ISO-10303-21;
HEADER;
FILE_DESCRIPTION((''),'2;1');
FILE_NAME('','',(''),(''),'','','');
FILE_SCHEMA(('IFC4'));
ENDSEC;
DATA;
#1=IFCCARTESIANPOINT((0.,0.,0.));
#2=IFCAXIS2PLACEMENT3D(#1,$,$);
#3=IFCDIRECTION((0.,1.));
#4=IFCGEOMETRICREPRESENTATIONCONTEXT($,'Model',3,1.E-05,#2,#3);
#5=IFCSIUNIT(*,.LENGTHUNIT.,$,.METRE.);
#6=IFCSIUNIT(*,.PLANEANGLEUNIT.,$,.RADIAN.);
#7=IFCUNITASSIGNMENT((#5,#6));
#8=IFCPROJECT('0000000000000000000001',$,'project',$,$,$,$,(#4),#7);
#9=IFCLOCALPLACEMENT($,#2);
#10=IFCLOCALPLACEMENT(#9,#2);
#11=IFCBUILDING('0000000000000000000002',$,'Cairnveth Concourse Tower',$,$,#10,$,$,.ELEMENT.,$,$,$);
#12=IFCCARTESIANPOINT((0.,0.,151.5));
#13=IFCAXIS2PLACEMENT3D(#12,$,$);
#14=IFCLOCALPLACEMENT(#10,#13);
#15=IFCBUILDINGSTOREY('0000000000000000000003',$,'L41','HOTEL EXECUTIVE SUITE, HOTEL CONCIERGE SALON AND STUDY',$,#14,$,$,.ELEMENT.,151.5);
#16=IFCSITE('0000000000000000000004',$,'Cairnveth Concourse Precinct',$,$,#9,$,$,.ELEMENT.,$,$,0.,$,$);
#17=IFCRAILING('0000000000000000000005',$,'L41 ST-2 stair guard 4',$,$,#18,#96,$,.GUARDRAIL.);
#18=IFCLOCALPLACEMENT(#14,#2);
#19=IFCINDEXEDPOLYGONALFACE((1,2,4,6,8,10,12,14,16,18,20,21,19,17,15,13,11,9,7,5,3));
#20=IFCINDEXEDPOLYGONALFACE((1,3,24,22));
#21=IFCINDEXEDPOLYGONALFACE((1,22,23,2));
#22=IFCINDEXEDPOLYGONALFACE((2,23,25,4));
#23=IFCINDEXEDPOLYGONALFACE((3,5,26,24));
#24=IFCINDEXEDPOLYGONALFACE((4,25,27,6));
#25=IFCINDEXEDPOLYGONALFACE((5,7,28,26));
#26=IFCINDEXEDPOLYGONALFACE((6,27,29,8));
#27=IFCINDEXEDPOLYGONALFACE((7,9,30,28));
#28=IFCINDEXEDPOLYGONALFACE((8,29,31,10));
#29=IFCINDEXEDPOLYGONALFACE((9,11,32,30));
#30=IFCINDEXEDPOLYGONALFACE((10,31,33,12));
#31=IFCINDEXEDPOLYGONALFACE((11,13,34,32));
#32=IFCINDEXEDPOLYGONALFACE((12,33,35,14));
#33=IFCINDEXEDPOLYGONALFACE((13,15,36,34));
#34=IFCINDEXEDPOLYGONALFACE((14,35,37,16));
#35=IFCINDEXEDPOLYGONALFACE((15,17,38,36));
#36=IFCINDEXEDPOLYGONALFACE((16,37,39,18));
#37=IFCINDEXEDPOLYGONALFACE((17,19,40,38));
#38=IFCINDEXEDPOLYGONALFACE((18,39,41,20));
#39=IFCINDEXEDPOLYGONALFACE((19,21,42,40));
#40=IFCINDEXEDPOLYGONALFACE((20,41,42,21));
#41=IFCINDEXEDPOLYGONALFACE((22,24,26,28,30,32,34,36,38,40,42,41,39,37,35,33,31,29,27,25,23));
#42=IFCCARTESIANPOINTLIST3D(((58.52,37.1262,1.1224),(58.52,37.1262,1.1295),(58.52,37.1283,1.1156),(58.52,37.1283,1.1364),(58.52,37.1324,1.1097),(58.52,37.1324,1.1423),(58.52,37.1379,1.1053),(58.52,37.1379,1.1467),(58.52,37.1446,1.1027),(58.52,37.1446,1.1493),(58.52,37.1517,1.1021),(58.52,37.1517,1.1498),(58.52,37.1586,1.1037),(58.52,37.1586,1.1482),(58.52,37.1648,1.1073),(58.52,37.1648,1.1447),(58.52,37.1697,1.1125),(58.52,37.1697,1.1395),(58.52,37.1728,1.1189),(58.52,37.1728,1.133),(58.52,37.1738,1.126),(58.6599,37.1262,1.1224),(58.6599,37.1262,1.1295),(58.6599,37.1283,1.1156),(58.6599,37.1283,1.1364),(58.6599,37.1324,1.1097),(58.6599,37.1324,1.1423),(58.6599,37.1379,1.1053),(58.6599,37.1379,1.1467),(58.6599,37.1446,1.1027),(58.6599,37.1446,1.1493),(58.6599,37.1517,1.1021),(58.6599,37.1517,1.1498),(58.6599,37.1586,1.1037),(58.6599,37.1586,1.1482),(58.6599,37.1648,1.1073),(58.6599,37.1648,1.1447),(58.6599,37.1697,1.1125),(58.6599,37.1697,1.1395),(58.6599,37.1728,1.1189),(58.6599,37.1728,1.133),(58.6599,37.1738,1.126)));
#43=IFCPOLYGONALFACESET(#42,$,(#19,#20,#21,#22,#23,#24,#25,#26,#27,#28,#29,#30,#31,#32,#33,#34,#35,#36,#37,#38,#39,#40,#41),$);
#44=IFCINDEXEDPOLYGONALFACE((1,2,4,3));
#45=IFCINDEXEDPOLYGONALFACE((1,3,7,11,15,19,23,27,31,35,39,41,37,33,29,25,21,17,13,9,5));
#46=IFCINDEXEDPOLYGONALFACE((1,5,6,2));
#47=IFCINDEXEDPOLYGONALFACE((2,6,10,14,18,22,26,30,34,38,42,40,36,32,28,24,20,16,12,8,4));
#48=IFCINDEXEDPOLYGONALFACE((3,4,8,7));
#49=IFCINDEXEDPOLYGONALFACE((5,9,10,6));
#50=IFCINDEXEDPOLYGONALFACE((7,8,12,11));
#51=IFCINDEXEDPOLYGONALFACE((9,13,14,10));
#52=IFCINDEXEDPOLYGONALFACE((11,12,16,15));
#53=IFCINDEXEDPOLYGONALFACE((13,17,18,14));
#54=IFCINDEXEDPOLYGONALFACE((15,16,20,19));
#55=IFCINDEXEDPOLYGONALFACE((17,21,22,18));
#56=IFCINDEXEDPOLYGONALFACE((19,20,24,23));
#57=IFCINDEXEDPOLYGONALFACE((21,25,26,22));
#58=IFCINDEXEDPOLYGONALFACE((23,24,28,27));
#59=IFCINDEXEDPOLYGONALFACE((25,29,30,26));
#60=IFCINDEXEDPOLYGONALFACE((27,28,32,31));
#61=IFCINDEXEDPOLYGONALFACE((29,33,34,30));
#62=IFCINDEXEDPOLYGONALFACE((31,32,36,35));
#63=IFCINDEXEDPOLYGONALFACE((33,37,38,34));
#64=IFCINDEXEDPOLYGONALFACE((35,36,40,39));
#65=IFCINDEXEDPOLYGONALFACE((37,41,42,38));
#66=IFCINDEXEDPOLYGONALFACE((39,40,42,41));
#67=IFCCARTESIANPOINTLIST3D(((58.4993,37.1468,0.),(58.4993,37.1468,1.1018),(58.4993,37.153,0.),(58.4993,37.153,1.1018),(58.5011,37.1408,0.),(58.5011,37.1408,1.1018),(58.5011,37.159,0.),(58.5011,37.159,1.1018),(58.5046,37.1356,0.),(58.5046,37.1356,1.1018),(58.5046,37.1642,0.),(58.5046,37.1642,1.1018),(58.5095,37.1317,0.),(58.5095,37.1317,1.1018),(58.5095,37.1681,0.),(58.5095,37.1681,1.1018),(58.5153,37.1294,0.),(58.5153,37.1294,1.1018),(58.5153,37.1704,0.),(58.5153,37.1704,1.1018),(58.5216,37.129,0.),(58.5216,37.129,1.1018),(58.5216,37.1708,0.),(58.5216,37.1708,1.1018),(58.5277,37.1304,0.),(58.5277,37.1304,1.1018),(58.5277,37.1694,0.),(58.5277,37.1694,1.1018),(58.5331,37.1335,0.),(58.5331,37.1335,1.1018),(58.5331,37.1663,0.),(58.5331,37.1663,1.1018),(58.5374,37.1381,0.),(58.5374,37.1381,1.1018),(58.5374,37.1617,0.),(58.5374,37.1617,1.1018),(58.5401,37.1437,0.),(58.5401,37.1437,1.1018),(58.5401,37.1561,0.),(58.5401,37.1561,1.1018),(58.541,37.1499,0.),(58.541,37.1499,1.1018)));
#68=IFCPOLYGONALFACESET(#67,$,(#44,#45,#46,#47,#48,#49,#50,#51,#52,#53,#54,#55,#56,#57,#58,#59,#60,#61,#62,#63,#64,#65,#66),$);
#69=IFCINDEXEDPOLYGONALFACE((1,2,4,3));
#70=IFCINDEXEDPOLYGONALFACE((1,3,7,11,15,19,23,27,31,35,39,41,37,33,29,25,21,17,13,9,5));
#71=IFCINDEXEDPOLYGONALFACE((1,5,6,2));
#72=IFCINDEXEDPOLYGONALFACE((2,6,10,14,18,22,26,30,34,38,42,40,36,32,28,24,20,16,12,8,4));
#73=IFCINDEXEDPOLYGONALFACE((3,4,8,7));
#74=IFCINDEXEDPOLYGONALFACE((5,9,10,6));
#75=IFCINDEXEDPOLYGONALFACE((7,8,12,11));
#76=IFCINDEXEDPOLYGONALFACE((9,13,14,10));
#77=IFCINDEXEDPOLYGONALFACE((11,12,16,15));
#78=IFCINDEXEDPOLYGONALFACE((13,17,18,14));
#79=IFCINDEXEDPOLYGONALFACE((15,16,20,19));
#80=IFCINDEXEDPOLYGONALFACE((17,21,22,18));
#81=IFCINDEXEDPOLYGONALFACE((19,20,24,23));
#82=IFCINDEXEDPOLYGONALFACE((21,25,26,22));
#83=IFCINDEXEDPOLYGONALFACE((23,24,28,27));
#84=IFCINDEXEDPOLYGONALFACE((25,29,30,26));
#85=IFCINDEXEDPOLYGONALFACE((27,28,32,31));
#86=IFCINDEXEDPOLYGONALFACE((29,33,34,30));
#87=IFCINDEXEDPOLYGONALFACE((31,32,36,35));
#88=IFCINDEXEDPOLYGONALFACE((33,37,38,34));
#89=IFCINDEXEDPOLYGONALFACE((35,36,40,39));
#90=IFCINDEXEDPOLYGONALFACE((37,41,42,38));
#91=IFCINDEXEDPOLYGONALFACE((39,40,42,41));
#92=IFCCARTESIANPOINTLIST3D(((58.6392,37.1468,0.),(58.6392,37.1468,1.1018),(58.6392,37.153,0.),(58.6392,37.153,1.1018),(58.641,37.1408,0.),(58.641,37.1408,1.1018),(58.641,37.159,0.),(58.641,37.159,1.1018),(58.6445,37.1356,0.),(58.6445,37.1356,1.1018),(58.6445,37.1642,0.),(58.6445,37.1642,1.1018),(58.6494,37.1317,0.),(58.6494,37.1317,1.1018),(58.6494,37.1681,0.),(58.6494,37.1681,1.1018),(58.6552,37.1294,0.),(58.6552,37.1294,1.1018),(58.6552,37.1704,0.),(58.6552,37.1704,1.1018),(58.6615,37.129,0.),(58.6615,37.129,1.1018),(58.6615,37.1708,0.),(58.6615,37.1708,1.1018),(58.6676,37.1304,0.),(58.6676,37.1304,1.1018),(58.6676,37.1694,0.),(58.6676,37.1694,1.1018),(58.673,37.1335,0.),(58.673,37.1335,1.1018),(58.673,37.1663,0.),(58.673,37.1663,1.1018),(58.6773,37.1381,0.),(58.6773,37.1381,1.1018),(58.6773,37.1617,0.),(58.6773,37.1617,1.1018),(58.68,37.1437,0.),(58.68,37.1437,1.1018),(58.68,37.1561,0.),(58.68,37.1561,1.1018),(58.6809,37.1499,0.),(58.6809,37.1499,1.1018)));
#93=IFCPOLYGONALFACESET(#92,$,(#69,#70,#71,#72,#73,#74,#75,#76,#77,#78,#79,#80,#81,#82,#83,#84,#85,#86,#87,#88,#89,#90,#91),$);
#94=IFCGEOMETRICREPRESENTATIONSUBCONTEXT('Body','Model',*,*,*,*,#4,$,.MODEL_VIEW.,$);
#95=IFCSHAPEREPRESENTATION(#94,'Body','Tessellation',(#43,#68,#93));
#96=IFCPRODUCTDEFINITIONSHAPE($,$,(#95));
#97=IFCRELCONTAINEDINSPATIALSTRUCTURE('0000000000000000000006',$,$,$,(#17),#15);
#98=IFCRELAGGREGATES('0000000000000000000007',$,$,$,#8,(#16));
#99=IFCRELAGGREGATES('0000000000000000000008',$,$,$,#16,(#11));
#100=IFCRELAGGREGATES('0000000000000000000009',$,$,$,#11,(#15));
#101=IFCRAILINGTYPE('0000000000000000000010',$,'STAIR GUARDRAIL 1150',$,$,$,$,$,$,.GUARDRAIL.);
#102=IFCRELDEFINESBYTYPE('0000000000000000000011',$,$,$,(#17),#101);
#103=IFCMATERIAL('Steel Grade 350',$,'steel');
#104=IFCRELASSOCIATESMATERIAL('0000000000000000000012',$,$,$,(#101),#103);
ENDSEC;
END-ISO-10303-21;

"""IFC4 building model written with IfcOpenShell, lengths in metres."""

from ifc_helpers import new_model, si_unit, direction, frame, origin, origin_2d, place, context, subcontext, project, spatial, circle, extrude, material, type_object, element, save


model = new_model("IFC4")

# Units and contexts
model_context = context("Model", 3, precision=1e-05, world=origin(), true_north=direction((0.0, 1.0)))
body_context = subcontext(model_context, "Body", "Model", "MODEL_VIEW")
ifc_project = project(units=[si_unit("LENGTHUNIT", "METRE"), si_unit("PLANEANGLEUNIT", "RADIAN")], contexts=[model_context])

# Site, building, storey
site_placement = place(None, origin())
site = spatial("IfcSite", under=ifc_project, at=site_placement, Name="Cairnveth Concourse Precinct", CompositionType="ELEMENT", RefElevation=0.0)
building_placement = place(site_placement, origin())
building = spatial("IfcBuilding", under=site, at=building_placement, Name="Cairnveth Concourse Tower", CompositionType="ELEMENT")
storey_placement = place(building_placement, frame((0.0, 0.0, 151.5)))
storey = spatial("IfcBuildingStorey", under=building, at=storey_placement, Name="L41", Description="HOTEL EXECUTIVE SUITE, HOTEL CONCIERGE SALON AND STUDY", CompositionType="ELEMENT", Elevation=151.5)

# Shared definitions
ifc_material_1 = material(Name="Steel Grade 350", Category="steel")

# Railing
railing_type_1 = type_object("IfcRailingType", Name="STAIR GUARDRAIL 1150", PredefinedType="GUARDRAIL", material=ifc_material_1)
railing_1_placement = place(storey_placement, frame((58.52, 37.1499, 0.0)))
element("IfcRailing", 1, at=railing_1_placement, inside=storey, type_object=railing_type_1, Name="L41 ST-2 stair guard 4", PredefinedType="GUARDRAIL", context=body_context, shape_type="SweptSolid", body=[
    extrude(circle(Radius=0.0239, at=origin_2d()), frame((0.0, 0.0, 1.126), z_axis=(1.0, 0.0, 0.0), x_axis=(0.0, 1.0, 0.0)), (0.0, 0.0, 1.0), 0.1399),
    extrude(circle(Radius=0.021, at=origin_2d()), origin(), (0.0, 0.0, 1.0), 1.1018),
    extrude(circle(Radius=0.021, at=origin_2d()), frame((0.1399, 0.0, 0.0)), (0.0, 0.0, 1.0), 1.1018),
])

save(model, "model.ifc")
